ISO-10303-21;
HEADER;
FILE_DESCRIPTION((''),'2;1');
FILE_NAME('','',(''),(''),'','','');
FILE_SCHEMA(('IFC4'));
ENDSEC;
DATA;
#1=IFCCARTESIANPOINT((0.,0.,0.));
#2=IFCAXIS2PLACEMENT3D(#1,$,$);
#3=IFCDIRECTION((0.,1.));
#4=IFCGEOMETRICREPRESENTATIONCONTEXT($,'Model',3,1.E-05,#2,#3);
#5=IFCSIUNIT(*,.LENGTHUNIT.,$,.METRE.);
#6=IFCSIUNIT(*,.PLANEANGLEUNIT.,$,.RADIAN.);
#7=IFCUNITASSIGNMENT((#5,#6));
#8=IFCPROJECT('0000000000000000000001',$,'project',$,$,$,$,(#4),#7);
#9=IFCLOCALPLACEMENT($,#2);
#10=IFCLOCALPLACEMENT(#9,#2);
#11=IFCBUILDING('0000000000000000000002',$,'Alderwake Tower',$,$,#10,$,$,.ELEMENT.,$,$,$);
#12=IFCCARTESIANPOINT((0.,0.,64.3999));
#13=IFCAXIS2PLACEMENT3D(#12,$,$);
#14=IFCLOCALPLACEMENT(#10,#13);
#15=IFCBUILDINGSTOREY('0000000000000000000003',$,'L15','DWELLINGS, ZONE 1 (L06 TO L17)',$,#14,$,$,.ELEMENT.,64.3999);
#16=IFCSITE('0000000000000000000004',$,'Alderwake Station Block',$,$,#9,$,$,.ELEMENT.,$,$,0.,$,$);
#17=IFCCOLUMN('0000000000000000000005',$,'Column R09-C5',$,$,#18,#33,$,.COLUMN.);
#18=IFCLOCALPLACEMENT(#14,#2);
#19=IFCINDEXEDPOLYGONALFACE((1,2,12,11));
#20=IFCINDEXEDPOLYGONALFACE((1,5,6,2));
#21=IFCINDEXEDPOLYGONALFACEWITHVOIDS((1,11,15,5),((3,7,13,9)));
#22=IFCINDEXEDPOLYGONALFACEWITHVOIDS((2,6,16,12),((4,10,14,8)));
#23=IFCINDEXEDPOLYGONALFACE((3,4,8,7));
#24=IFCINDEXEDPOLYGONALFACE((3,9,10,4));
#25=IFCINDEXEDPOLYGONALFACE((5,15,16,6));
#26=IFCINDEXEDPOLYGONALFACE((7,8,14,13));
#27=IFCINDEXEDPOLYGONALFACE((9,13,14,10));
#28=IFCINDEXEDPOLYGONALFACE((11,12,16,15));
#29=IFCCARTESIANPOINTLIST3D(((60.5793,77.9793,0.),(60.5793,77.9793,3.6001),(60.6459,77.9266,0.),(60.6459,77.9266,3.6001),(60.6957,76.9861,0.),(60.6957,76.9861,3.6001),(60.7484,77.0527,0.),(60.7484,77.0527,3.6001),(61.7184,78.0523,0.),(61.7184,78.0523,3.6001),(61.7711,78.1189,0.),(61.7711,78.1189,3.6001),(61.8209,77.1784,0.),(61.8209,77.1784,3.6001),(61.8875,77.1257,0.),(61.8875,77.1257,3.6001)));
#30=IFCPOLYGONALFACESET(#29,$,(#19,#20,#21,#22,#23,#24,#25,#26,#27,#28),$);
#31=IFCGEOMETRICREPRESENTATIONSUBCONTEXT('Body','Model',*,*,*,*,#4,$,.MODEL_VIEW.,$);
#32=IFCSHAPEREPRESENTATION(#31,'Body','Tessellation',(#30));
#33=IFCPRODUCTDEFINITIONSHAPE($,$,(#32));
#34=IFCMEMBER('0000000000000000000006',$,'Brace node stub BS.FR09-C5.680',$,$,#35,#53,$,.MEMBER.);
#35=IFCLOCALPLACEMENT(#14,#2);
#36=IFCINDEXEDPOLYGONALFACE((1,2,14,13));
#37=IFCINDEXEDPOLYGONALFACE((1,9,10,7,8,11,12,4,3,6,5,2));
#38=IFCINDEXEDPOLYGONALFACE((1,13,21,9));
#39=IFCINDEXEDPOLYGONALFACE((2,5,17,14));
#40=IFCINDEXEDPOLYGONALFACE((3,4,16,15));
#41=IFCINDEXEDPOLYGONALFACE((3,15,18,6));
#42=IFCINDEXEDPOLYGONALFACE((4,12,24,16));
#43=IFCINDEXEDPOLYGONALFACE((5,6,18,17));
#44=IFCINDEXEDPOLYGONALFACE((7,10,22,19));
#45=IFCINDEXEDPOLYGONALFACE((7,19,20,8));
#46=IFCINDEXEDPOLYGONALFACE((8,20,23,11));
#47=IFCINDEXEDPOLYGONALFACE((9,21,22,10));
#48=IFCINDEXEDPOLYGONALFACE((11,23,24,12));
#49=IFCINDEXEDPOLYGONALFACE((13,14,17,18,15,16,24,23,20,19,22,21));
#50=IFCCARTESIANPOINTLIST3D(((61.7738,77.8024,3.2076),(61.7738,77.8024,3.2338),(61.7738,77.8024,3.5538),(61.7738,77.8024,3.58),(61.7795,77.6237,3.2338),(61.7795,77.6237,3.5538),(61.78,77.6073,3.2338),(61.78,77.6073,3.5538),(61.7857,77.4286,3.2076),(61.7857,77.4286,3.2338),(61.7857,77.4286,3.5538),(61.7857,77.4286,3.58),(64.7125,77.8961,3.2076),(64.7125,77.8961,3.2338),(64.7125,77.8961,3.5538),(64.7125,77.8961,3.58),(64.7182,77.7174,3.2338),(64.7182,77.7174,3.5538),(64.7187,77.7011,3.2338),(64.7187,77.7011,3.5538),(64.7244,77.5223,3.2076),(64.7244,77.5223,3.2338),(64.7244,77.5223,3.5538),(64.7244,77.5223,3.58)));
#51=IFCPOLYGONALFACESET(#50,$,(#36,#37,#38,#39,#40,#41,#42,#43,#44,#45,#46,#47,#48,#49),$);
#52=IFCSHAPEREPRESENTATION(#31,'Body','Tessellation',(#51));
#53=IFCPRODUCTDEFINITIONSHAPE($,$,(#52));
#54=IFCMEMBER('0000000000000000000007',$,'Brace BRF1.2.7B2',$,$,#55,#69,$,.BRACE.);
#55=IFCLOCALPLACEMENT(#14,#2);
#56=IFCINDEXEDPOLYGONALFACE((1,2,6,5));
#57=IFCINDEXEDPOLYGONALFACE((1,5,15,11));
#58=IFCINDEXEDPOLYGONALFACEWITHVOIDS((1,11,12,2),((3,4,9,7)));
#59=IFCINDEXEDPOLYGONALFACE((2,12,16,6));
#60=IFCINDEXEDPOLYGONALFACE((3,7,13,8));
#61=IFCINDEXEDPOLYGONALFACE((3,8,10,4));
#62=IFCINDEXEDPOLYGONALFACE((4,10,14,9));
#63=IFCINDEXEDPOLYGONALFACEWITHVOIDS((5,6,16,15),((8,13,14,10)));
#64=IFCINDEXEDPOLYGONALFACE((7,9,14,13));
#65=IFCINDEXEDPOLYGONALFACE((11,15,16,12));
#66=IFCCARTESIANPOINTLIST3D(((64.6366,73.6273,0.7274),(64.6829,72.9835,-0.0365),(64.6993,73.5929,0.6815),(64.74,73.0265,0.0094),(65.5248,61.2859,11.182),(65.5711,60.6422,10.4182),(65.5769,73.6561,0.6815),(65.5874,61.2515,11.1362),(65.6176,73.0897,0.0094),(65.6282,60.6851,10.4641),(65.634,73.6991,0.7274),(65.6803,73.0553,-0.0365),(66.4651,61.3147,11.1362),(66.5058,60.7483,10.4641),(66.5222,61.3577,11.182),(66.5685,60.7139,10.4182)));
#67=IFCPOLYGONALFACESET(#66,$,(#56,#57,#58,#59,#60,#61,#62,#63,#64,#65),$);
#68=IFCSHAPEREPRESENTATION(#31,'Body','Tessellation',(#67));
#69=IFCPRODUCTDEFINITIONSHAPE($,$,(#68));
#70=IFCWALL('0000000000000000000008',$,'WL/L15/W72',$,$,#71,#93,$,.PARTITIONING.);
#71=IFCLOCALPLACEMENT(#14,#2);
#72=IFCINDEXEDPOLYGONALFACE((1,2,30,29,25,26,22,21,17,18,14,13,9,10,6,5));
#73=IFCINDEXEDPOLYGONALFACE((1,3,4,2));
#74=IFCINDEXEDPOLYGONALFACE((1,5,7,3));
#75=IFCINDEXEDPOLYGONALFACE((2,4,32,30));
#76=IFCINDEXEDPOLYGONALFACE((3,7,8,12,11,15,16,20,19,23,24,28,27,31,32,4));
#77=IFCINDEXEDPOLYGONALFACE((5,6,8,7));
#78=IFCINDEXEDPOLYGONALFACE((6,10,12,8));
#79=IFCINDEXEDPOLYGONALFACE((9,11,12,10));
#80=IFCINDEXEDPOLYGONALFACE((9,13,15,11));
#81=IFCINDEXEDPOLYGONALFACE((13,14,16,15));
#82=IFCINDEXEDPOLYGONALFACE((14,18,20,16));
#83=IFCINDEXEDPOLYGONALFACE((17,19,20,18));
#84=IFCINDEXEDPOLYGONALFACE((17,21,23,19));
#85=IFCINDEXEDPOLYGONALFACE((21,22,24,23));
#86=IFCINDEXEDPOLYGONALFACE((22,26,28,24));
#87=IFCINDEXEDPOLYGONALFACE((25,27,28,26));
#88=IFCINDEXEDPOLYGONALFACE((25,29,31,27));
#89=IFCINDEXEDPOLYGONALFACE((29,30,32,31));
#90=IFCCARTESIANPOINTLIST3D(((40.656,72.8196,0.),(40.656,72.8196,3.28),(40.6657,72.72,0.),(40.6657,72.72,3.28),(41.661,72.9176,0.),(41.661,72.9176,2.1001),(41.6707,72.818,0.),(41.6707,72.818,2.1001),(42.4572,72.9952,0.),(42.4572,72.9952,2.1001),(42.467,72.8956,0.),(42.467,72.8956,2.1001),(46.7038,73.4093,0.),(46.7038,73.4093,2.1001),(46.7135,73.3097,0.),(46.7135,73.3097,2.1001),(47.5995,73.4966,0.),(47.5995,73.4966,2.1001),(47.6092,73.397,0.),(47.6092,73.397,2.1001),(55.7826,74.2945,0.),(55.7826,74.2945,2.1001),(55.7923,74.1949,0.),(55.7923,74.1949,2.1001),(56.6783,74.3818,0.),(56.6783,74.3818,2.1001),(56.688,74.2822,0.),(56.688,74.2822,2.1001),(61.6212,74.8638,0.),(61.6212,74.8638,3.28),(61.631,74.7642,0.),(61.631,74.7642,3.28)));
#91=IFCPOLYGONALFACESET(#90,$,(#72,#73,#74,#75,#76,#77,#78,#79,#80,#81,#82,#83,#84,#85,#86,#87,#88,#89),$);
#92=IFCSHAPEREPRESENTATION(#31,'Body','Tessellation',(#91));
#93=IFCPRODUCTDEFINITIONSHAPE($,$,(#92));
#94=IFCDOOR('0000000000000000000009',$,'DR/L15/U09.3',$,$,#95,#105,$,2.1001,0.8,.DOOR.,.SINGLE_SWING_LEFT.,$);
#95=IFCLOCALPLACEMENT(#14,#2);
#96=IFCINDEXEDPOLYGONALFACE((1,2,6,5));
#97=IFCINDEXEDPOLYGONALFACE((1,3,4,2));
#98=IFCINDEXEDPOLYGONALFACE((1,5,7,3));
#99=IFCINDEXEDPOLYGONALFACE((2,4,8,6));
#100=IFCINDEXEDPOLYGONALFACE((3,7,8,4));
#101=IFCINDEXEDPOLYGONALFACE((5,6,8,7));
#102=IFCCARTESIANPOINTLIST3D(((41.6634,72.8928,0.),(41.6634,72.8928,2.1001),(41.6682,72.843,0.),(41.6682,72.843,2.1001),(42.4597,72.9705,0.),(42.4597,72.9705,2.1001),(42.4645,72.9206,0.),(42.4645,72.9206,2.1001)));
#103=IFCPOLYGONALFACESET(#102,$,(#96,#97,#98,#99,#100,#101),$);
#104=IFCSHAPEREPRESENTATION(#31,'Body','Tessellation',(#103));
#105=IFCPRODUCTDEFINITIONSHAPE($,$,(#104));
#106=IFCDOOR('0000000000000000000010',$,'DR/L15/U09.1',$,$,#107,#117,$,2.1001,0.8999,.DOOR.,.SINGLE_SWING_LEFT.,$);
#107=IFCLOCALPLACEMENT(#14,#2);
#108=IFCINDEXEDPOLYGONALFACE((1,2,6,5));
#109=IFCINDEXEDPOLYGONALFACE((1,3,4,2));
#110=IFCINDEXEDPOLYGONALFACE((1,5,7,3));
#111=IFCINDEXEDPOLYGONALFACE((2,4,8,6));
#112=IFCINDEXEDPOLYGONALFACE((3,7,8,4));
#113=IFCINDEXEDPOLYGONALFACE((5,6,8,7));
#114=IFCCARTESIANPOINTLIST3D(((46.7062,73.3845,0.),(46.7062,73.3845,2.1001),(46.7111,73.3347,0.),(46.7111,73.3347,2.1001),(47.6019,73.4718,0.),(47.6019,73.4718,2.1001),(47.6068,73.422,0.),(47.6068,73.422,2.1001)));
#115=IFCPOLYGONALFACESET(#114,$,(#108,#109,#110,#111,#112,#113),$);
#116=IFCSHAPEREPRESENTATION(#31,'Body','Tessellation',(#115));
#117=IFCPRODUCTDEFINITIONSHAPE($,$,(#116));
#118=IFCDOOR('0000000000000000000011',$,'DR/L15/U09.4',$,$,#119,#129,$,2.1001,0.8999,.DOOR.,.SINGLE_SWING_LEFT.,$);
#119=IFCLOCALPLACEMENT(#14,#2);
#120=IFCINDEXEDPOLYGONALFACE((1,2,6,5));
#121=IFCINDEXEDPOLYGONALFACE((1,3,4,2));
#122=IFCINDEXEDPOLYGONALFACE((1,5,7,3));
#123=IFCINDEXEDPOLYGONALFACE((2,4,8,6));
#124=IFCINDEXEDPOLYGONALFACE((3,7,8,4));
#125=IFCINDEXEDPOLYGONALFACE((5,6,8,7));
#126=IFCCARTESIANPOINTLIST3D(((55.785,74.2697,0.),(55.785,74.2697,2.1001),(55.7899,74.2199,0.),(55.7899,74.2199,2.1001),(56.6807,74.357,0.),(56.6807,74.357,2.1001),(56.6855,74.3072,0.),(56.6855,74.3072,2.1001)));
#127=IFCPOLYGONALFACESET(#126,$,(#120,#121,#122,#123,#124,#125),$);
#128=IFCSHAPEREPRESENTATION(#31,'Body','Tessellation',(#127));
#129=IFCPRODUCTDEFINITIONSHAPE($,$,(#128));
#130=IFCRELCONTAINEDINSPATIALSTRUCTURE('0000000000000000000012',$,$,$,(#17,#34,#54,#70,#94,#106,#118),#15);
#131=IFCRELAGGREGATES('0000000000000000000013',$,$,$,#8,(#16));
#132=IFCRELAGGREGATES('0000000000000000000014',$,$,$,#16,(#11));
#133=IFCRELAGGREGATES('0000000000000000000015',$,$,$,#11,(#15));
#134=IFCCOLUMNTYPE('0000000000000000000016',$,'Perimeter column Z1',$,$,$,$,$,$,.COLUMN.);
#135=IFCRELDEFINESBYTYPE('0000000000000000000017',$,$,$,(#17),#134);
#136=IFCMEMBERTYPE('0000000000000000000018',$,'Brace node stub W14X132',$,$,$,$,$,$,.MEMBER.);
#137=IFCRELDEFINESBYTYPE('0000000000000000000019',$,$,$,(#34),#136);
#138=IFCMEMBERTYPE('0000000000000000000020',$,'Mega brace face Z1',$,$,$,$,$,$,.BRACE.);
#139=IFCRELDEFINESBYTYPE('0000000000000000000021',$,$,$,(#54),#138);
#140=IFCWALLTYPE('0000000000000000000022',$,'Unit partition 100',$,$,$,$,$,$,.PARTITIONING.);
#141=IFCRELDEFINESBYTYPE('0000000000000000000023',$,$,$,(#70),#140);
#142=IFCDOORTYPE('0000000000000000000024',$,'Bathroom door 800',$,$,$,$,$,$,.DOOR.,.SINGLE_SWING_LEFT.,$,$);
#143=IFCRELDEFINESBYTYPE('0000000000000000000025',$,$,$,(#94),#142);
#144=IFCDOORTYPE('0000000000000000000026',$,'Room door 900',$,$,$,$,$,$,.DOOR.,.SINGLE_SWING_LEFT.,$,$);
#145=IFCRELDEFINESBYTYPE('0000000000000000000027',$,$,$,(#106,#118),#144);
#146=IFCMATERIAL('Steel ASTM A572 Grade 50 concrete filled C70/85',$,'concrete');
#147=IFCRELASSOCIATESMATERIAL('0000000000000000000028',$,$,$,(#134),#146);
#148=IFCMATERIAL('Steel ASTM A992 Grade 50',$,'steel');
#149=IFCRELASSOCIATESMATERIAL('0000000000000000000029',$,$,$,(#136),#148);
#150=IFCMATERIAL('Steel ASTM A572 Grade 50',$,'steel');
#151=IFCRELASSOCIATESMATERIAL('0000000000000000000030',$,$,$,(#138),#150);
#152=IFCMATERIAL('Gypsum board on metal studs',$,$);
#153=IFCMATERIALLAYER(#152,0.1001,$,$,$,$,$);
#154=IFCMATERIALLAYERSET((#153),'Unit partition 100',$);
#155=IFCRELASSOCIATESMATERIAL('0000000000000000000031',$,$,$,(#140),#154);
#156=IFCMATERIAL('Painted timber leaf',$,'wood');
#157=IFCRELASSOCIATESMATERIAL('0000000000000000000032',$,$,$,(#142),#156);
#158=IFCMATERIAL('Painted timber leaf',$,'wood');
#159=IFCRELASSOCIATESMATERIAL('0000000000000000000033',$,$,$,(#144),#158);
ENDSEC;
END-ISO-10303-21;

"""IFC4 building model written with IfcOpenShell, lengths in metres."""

from ifc_helpers import new_model, si_unit, direction, frame, frame_2d, origin, origin_2d, place, context, subcontext, project, spatial, rectangle, hollow_rectangle, i_section, extrude, material, layer, layer_set, material_profile, profile_set, type_object, element, fill, save


model = new_model("IFC4")

# Units and contexts
model_context = context("Model", 3, precision=1e-05, world=origin(), true_north=direction((0.0, 1.0)))
body_context = subcontext(model_context, "Body", "Model", "MODEL_VIEW")
ifc_project = project(units=[si_unit("LENGTHUNIT", "METRE"), si_unit("PLANEANGLEUNIT", "RADIAN")], contexts=[model_context])

# Site, building, storey
site_placement = place(None, origin())
site = spatial("IfcSite", under=ifc_project, at=site_placement, Name="Alderwake Station Block", CompositionType="ELEMENT", RefElevation=0.0)
building_placement = place(site_placement, origin())
building = spatial("IfcBuilding", under=site, at=building_placement, Name="Alderwake Tower", CompositionType="ELEMENT")
storey_placement = place(building_placement, frame((0.0, 0.0, 64.3999)))
storey = spatial("IfcBuildingStorey", under=building, at=storey_placement, Name="L15", Description="DWELLINGS, ZONE 1 (L06 TO L17)", CompositionType="ELEMENT", Elevation=64.3999)

# Column
ifc_material_1 = material(Name="Steel ASTM A572 Grade 50 concrete filled C70/85", Category="concrete")
ifc_material_profile_1 = material_profile(ifc_material_1, hollow_rectangle(XDim=1.0, YDim=1.2, WallThickness=0.0601, at=origin_2d()), Name="BOX 1200X1000X60")
ifc_profile_set_1 = profile_set([ifc_material_profile_1], Name="Steel ASTM A572 Grade 50 concrete filled C70/85")
column_type = type_object("IfcColumnType", Name="Perimeter column Z1", PredefinedType="COLUMN", material=ifc_profile_set_1)
column_placement = place(storey_placement, frame((61.2334, 77.5525, 0.0), z_axis=(0.0, 0.0, 1.0), x_axis=(-0.116402, 0.993202, 0.0)))
element("IfcColumn", 1, at=column_placement, inside=storey, type_object=column_type, Name="Column R09-C5", PredefinedType="COLUMN", context=body_context, shape_type="SweptSolid", body=[
    extrude(hollow_rectangle(XDim=1.0, YDim=1.2, WallThickness=0.0601, at=origin_2d()), origin(), (0.0, 0.0, 1.0), 3.6001),
])

# Members
ifc_material_2 = material(Name="Steel ASTM A992 Grade 50", Category="steel")
ifc_material_profile_2 = material_profile(ifc_material_2, i_section(OverallWidth=0.374, OverallDepth=0.3723, WebThickness=0.0164, FlangeThickness=0.0261, at=origin_2d()), Name="W14X132")
ifc_profile_set_2 = profile_set([ifc_material_profile_2], Name="Steel ASTM A992 Grade 50")
member_type_1 = type_object("IfcMemberType", Name="Brace node stub W14X132", PredefinedType="MEMBER", material=ifc_profile_set_2)
member_1_placement = place(storey_placement, frame((61.7798, 77.6155, 3.3938), z_axis=(0.999492, 0.031885, 0.0), x_axis=(-0.031885, 0.999492, 0.0)))
element("IfcMember", 2, at=member_1_placement, inside=storey, type_object=member_type_1, Name="Brace node stub BS.FR09-C5.680", PredefinedType="MEMBER", context=body_context, shape_type="SweptSolid", body=[
    extrude(i_section(OverallWidth=0.374, OverallDepth=0.3723, WebThickness=0.0164, FlangeThickness=0.0261, at=origin_2d()), origin(), (0.0, 0.0, 1.0), 2.9402),
])
ifc_material_3 = material(Name="Steel ASTM A572 Grade 50", Category="steel")
ifc_material_profile_3 = material_profile(ifc_material_3, hollow_rectangle(XDim=1.0, YDim=1.0, WallThickness=0.0601, at=origin_2d()), Name="BOX 1000X1000X60")
ifc_profile_set_3 = profile_set([ifc_material_profile_3], Name="Steel ASTM A572 Grade 50")
member_type_2 = type_object("IfcMemberType", Name="Mega brace face Z1", PredefinedType="BRACE", material=ifc_profile_set_3)
member_2_placement = place(storey_placement, frame((65.1584, 73.3413, 0.3455), z_axis=(0.054831, -0.761874, 0.6454), x_axis=(0.99742, 0.071783, 0.0)))
element("IfcMember", 3, at=member_2_placement, inside=storey, type_object=member_type_2, Name="Brace BRF1.2.7B2", PredefinedType="BRACE", context=body_context, shape_type="SweptSolid", body=[
    extrude(hollow_rectangle(XDim=1.0, YDim=1.0, WallThickness=0.0601, at=origin_2d()), origin(), (0.0, 0.0, 1.0), 16.1987),
])

# Wall, openings, doors
ifc_material_4 = material(Name="Gypsum board on metal studs")
ifc_layer_1 = layer(ifc_material_4, 0.1001)
ifc_layer_set_1 = layer_set([ifc_layer_1], Name="Unit partition 100")
wall_type_1 = type_object("IfcWallType", Name="Unit partition 100", PredefinedType="PARTITIONING", material=ifc_layer_set_1)
wall_1_placement = place(storey_placement, frame((61.626, 74.814, 0.0), z_axis=(0.0, 0.0, 1.0), x_axis=(-0.99528, -0.097043, 0.0)))
wall_1 = element("IfcWall", 4, at=wall_1_placement, inside=storey, type_object=wall_type_1, Name="WL/L15/W72", PredefinedType="PARTITIONING", context=body_context, shape_type="SweptSolid", body=[
    extrude(rectangle(XDim=21.0647, YDim=0.1001, at=frame_2d((10.5322, 0.0))), origin(), (0.0, 0.0, 1.0), 3.28),
])
opening_1_placement = place(wall_1_placement, frame((14.0881, 0.0, 0.0)))
opening_1 = element("IfcOpeningElement", 5, at=opening_1_placement, cuts=wall_1, PredefinedType="OPENING", context=body_context, shape_type="SweptSolid", body=[
    extrude(rectangle(XDim=0.8999, YDim=2.1001, at=frame_2d((0.45, 1.05))), frame((0.0, 0.0601, 0.0), z_axis=(0.0, -1.0, 0.0), x_axis=(1.0, 0.0, 0.0)), (0.0, 0.0, 1.0), 0.1201),
])
opening_2_placement = place(wall_1_placement, frame((19.2549, 0.0, 0.0)))
opening_2 = element("IfcOpeningElement", 6, at=opening_2_placement, cuts=wall_1, PredefinedType="OPENING", context=body_context, shape_type="SweptSolid", body=[
    extrude(rectangle(XDim=0.8, YDim=2.1001, at=frame_2d((0.3999, 1.05))), frame((0.0, 0.0601, 0.0), z_axis=(0.0, -1.0, 0.0), x_axis=(1.0, 0.0, 0.0)), (0.0, 0.0, 1.0), 0.1201),
])
opening_3_placement = place(wall_1_placement, frame((4.9663, 0.0, 0.0)))
opening_3 = element("IfcOpeningElement", 7, at=opening_3_placement, cuts=wall_1, PredefinedType="OPENING", context=body_context, shape_type="SweptSolid", body=[
    extrude(rectangle(XDim=0.8999, YDim=2.1001, at=frame_2d((0.45, 1.05))), frame((0.0, 0.0601, 0.0), z_axis=(0.0, -1.0, 0.0), x_axis=(1.0, 0.0, 0.0)), (0.0, 0.0, 1.0), 0.1201),
])
ifc_material_5 = material(Name="Painted timber leaf", Category="wood")
door_type_1 = type_object("IfcDoorType", Name="Bathroom door 800", OperationType="SINGLE_SWING_LEFT", PredefinedType="DOOR", material=ifc_material_5)
door_1_placement = place(opening_2_placement, origin())
door_1 = element("IfcDoor", 8, at=door_1_placement, inside=storey, type_object=door_type_1, Name="DR/L15/U09.3", OperationType="SINGLE_SWING_LEFT", OverallHeight=2.1001, OverallWidth=0.8, PredefinedType="DOOR", context=body_context, shape_type="SweptSolid", body=[
    extrude(rectangle(XDim=0.8, YDim=2.1001, at=frame_2d((0.3999, 1.05))), frame((0.0, 0.0249, 0.0), z_axis=(0.0, -1.0, 0.0), x_axis=(1.0, 0.0, 0.0)), (0.0, 0.0, 1.0), 0.05),
])
fill(opening_2, door_1)
ifc_material_6 = material(Name="Painted timber leaf", Category="wood")
door_type_2 = type_object("IfcDoorType", Name="Room door 900", OperationType="SINGLE_SWING_LEFT", PredefinedType="DOOR", material=ifc_material_6)
door_2_placement = place(opening_1_placement, origin())
door_2 = element("IfcDoor", 9, at=door_2_placement, inside=storey, type_object=door_type_2, Name="DR/L15/U09.1", OperationType="SINGLE_SWING_LEFT", OverallHeight=2.1001, OverallWidth=0.8999, PredefinedType="DOOR", context=body_context, shape_type="SweptSolid", body=[
    extrude(rectangle(XDim=0.8999, YDim=2.1001, at=frame_2d((0.45, 1.05))), frame((0.0, 0.0249, 0.0), z_axis=(0.0, -1.0, 0.0), x_axis=(1.0, 0.0, 0.0)), (0.0, 0.0, 1.0), 0.05),
])
fill(opening_1, door_2)
door_3_placement = place(opening_3_placement, origin())
door_3 = element("IfcDoor", 10, at=door_3_placement, inside=storey, type_object=door_type_2, Name="DR/L15/U09.4", OperationType="SINGLE_SWING_LEFT", OverallHeight=2.1001, OverallWidth=0.8999, PredefinedType="DOOR", context=body_context, shape_type="SweptSolid", body=[
    extrude(rectangle(XDim=0.8999, YDim=2.1001, at=frame_2d((0.45, 1.05))), frame((0.0, 0.0249, 0.0), z_axis=(0.0, -1.0, 0.0), x_axis=(1.0, 0.0, 0.0)), (0.0, 0.0, 1.0), 0.05),
])
fill(opening_3, door_3)

save(model, "model.ifc")
